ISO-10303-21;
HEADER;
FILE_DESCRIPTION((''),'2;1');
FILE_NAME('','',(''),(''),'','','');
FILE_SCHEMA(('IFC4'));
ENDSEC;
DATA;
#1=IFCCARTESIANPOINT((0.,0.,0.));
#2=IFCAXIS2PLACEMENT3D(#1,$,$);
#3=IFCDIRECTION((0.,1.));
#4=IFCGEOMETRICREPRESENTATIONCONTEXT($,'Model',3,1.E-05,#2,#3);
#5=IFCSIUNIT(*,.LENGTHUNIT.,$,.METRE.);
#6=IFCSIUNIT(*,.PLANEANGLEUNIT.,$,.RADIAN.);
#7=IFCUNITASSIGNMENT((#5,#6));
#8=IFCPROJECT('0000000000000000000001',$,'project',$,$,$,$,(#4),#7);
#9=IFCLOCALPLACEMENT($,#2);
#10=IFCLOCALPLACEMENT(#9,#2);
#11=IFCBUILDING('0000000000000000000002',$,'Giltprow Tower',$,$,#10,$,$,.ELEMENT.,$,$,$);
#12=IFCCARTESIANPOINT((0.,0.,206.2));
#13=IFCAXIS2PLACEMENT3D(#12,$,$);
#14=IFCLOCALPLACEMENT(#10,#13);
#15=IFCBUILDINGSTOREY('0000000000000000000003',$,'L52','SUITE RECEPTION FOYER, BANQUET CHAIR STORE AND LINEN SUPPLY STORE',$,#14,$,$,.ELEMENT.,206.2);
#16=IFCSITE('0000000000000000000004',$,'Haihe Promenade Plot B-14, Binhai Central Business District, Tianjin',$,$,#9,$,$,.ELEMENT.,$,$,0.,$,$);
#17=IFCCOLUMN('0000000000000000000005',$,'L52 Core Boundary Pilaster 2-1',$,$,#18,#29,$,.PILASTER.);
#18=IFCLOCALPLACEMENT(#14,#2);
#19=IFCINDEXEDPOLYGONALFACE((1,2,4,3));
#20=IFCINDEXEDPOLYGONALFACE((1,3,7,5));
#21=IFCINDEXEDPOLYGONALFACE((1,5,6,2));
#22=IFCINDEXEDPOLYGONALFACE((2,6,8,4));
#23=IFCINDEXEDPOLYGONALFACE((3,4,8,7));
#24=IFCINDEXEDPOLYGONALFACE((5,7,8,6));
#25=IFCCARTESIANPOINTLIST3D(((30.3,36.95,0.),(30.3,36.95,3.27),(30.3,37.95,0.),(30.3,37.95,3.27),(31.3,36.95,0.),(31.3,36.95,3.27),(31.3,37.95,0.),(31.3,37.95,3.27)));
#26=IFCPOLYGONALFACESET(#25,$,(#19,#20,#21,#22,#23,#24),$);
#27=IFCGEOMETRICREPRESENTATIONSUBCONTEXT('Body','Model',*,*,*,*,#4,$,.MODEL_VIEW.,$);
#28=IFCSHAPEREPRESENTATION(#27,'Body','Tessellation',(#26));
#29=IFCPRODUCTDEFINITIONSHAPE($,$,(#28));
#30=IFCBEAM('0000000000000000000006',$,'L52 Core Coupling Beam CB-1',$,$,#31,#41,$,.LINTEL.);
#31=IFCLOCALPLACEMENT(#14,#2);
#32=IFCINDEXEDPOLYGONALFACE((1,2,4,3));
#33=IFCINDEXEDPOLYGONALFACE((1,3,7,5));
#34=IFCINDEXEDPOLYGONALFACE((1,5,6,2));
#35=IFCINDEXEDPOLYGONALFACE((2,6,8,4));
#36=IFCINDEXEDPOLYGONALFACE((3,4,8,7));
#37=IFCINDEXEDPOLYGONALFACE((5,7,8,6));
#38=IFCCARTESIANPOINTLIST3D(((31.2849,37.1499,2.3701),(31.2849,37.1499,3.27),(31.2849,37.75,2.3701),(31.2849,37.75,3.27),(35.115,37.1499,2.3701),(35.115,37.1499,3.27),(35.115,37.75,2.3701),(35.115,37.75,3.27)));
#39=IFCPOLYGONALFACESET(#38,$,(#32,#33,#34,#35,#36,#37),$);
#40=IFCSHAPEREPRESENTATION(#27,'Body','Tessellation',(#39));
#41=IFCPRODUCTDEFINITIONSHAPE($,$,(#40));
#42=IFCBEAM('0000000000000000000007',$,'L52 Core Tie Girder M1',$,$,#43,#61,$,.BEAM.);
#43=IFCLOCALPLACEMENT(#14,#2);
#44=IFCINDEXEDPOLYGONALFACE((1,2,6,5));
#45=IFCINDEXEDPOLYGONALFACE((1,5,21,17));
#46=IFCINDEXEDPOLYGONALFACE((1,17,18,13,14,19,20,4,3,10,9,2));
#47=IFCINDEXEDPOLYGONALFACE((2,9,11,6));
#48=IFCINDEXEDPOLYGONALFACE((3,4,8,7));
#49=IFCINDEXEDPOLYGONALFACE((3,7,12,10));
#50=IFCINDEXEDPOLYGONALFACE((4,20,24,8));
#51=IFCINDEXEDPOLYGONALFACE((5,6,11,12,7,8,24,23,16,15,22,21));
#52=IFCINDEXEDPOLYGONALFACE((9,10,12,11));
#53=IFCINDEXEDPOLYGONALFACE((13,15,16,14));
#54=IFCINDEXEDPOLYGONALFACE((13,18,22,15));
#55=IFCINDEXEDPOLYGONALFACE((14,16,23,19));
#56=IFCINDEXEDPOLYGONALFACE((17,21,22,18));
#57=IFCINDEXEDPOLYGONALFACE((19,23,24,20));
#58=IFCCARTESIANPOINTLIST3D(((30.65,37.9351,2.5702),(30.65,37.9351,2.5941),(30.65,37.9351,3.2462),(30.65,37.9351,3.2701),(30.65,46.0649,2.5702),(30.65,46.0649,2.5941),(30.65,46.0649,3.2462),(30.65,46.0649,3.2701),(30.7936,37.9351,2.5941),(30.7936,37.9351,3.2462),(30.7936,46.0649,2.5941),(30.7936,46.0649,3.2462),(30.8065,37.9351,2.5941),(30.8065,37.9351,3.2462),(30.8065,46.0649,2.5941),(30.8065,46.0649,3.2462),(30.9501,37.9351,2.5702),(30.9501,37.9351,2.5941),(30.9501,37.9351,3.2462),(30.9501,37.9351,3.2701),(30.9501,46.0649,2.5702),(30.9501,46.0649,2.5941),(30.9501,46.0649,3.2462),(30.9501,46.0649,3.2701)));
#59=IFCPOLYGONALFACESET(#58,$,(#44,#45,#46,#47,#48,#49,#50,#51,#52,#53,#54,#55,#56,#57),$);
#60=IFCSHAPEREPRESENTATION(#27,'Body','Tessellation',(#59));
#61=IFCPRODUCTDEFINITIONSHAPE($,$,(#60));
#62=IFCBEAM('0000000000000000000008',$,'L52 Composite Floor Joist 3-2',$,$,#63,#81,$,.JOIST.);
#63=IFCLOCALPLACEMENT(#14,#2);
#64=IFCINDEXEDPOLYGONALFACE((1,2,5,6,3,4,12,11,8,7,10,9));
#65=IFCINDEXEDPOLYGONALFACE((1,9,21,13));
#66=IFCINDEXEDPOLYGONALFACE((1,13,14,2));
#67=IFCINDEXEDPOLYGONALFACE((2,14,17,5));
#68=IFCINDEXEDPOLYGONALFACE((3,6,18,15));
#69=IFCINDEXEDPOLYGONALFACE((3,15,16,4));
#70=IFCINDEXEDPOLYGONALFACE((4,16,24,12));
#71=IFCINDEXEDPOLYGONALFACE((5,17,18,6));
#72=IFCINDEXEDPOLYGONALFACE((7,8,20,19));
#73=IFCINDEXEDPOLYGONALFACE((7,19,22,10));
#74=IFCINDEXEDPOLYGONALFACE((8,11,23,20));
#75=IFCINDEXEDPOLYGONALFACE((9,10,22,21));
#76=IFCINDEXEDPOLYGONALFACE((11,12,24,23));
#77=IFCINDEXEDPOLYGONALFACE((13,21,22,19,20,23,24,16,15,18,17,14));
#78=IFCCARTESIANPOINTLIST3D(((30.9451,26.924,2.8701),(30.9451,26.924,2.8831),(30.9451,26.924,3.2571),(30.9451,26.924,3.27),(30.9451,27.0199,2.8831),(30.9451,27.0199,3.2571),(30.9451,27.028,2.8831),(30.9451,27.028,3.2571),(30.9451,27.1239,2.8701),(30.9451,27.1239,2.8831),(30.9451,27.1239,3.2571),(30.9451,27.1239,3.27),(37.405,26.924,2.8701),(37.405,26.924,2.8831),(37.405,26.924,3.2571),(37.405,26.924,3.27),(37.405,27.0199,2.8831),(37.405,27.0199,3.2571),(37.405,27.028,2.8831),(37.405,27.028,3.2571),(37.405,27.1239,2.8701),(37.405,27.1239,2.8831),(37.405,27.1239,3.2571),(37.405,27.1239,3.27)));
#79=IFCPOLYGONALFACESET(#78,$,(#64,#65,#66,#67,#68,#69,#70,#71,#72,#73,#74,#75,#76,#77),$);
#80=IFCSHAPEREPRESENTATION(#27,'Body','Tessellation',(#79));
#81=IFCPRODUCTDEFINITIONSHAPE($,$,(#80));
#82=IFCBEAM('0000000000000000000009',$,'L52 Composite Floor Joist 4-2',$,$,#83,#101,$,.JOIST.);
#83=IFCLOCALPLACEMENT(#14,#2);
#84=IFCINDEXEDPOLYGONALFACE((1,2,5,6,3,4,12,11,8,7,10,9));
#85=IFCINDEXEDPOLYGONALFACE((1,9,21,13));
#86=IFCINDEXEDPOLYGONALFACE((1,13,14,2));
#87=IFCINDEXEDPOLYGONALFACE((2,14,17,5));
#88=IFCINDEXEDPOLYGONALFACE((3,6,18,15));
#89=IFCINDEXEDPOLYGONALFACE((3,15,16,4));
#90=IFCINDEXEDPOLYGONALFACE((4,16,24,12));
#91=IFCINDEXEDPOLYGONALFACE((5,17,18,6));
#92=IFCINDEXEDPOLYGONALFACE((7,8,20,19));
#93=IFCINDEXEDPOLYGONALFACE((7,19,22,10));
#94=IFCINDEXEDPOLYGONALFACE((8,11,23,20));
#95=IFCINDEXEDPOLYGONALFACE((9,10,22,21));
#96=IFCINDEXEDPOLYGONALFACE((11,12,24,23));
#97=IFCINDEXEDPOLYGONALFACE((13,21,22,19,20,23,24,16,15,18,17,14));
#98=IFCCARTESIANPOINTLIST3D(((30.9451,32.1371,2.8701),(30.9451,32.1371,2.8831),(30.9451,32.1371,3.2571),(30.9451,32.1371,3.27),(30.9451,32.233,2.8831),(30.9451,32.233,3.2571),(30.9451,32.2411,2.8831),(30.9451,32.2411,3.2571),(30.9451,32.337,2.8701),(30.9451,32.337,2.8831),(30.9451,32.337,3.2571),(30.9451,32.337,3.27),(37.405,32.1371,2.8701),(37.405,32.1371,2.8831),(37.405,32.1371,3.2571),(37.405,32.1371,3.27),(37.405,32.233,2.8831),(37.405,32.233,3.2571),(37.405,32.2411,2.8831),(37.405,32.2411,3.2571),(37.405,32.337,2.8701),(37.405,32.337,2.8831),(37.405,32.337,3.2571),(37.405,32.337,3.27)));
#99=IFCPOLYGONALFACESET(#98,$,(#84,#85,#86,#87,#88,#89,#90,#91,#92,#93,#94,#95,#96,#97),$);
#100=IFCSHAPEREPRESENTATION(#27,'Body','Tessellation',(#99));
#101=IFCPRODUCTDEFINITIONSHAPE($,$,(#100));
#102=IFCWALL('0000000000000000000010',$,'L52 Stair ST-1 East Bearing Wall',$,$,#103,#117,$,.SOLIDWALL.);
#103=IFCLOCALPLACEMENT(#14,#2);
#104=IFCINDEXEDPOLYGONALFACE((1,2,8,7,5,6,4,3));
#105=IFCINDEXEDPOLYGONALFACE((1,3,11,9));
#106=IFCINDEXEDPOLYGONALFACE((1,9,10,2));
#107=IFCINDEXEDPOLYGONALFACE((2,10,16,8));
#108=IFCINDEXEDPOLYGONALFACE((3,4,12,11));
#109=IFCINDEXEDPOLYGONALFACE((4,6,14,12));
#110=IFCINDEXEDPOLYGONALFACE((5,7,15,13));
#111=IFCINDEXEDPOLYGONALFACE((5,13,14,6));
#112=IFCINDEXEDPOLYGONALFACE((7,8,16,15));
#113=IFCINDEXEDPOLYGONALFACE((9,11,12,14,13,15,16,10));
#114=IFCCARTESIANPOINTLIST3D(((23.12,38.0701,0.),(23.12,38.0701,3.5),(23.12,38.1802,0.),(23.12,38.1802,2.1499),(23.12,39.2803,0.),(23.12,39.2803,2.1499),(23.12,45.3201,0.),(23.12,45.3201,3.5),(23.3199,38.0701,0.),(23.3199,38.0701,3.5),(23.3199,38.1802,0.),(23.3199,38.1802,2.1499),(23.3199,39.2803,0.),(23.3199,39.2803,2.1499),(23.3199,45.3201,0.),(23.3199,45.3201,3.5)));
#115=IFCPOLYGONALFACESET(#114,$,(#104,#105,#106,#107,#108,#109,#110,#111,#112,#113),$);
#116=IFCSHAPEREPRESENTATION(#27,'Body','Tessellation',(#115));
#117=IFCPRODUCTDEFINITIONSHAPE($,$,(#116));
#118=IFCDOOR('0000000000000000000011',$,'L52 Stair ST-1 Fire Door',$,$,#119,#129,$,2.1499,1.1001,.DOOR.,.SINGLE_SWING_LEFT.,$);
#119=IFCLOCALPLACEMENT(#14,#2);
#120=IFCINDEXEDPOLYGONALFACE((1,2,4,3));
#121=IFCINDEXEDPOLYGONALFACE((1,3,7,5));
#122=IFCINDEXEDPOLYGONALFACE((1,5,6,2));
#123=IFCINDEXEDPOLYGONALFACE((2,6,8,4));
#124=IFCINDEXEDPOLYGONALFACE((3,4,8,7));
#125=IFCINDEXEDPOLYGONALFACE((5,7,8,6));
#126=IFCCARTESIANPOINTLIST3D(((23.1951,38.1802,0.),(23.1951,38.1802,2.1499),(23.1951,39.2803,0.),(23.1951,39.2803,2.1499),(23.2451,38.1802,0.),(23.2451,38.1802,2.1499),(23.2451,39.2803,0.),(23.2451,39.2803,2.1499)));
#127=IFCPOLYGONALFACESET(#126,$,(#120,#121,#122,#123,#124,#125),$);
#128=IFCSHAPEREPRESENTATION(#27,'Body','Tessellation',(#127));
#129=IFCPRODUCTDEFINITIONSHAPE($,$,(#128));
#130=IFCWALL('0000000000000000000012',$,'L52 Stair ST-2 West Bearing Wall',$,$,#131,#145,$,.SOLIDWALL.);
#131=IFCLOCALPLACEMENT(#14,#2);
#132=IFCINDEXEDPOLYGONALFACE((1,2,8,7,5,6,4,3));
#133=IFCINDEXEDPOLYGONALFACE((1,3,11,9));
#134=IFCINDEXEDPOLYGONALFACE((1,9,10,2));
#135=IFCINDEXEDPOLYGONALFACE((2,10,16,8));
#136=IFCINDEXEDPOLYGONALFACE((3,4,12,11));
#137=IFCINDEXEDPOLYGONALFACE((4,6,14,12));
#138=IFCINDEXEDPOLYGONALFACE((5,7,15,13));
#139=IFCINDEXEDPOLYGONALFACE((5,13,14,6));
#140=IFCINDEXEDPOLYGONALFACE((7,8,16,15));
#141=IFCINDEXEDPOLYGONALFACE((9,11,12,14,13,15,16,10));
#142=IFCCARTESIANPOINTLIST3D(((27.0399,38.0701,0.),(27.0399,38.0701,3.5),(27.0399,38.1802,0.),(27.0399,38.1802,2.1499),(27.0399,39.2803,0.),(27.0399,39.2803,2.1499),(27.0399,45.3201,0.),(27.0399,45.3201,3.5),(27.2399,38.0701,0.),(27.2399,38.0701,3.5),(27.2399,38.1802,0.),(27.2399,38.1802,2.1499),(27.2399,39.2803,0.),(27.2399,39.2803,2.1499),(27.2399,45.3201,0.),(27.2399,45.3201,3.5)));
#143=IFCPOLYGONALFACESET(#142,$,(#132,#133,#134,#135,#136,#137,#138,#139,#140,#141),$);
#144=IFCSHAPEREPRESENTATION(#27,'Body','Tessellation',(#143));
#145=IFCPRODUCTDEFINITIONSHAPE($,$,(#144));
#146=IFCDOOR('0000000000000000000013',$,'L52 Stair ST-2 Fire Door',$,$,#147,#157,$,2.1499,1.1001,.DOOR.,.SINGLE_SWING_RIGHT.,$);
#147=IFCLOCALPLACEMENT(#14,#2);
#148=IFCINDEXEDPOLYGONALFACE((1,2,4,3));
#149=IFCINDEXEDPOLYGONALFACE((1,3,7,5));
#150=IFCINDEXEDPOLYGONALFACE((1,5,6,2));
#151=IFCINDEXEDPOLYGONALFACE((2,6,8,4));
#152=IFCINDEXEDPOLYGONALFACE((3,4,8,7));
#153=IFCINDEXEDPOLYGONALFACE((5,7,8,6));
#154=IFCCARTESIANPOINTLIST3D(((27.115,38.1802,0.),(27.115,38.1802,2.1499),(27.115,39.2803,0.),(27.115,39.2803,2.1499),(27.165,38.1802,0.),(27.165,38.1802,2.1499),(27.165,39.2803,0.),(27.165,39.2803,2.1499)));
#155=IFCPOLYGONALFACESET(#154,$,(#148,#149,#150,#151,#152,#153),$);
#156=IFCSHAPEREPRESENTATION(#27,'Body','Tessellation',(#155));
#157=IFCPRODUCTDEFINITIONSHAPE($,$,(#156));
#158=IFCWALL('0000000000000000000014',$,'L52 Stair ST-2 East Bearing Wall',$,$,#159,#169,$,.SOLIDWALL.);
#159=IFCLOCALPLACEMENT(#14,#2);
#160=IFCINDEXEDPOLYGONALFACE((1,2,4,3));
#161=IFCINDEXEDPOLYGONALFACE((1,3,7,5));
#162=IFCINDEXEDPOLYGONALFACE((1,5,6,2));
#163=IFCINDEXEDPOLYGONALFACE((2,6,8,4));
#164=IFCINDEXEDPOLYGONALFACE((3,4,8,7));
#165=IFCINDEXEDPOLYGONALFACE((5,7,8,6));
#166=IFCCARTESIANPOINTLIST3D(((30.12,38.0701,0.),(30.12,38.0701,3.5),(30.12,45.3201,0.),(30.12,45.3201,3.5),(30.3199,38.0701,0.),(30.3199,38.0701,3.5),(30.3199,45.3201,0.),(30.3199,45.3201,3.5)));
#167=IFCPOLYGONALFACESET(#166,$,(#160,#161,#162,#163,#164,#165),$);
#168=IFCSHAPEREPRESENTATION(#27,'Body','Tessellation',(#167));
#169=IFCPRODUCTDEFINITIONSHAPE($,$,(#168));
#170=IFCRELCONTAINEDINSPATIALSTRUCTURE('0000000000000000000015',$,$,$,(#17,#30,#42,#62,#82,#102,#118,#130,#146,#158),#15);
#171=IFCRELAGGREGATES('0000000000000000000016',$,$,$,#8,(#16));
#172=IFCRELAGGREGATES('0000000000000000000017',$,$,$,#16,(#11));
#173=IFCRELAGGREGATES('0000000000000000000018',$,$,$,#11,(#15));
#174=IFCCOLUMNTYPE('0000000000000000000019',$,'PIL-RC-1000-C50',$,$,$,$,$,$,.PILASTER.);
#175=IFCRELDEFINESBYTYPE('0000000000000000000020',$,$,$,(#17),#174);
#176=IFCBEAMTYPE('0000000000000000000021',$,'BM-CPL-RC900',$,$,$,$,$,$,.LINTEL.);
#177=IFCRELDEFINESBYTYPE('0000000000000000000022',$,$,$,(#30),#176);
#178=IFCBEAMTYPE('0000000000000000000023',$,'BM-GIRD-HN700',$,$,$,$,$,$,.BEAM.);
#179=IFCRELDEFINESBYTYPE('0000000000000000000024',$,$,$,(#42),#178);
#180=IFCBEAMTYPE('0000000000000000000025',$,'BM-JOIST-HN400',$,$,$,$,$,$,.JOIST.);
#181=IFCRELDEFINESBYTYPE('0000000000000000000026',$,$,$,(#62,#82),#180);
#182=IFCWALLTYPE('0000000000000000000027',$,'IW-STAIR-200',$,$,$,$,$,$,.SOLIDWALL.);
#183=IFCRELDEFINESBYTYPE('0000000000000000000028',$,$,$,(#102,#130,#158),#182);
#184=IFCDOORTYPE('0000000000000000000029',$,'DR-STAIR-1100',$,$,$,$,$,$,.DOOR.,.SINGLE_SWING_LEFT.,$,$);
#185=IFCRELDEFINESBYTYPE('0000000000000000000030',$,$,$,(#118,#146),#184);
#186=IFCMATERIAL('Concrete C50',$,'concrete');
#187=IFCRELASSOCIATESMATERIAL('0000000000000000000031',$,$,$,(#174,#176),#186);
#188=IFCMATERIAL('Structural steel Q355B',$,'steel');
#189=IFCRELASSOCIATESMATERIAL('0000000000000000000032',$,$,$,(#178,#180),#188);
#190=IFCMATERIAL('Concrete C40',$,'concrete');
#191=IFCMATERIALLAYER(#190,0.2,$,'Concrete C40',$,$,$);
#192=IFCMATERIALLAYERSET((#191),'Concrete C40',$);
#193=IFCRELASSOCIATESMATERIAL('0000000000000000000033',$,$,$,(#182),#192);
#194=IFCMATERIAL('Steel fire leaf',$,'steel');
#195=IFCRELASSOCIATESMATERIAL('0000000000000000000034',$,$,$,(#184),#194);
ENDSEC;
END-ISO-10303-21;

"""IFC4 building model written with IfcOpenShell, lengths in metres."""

from ifc_helpers import new_model, si_unit, direction, frame, frame_2d, origin, origin_2d, place, context, subcontext, project, spatial, rectangle, i_section, extrude, source, transform, mapped, material, layer, layer_set, material_profile, profile_set, type_object, element, fill, save


model = new_model("IFC4")

# Units and contexts
model_context = context("Model", 3, precision=1e-05, world=origin(), true_north=direction((0.0, 1.0)))
body_context = subcontext(model_context, "Body", "Model", "MODEL_VIEW")
ifc_project = project(units=[si_unit("LENGTHUNIT", "METRE"), si_unit("PLANEANGLEUNIT", "RADIAN")], contexts=[model_context])

# Site, building, storey
site_placement = place(None, origin())
site = spatial("IfcSite", under=ifc_project, at=site_placement, Name="Haihe Promenade Plot B-14, Binhai Central Business District, Tianjin", CompositionType="ELEMENT", RefElevation=0.0)
building_placement = place(site_placement, origin())
building = spatial("IfcBuilding", under=site, at=building_placement, Name="Giltprow Tower", CompositionType="ELEMENT")
storey_placement = place(building_placement, frame((0.0, 0.0, 206.2)))
storey = spatial("IfcBuildingStorey", under=building, at=storey_placement, Name="L52", Description="SUITE RECEPTION FOYER, BANQUET CHAIR STORE AND LINEN SUPPLY STORE", CompositionType="ELEMENT", Elevation=206.2)

# Column
ifc_material_1 = material(Name="Concrete C50", Category="concrete")
ifc_material_profile_1 = material_profile(ifc_material_1, rectangle(XDim=1.0, YDim=1.0, at=origin_2d()), Name="RC 1000x1000")
ifc_profile_set_1 = profile_set([ifc_material_profile_1], Name="Concrete C50")
column_type = type_object("IfcColumnType", Name="PIL-RC-1000-C50", PredefinedType="PILASTER", material=ifc_profile_set_1)
shared_shape_1 = source(origin(), body_context, "Body", "SweptSolid", [
    extrude(rectangle(XDim=1.0, YDim=1.0, at=origin_2d()), origin(), (0.0, 0.0, 1.0), 3.27),
])
column_placement = place(storey_placement, frame((30.8, 37.45, 0.0), z_axis=(0.0, 0.0, 1.0), x_axis=(1.0, 0.0, 0.0)))
element("IfcColumn", 1, at=column_placement, inside=storey, type_object=column_type, Name="L52 Core Boundary Pilaster 2-1", PredefinedType="PILASTER", context=body_context, shape_type="MappedRepresentation", body=[
    mapped(shared_shape_1, transform((0.0, 0.0, 0.0), x_axis=(1.0, 0.0, 0.0), y_axis=(0.0, 1.0, 0.0), z_axis=(0.0, 0.0, 1.0), scale=1.0)),
])

# Beams
ifc_material_profile_2 = material_profile(ifc_material_1, rectangle(XDim=0.6001, YDim=0.8999, at=origin_2d()), Name="RC 900x600")
ifc_profile_set_2 = profile_set([ifc_material_profile_2], Name="Concrete C50")
beam_type_1 = type_object("IfcBeamType", Name="BM-CPL-RC900", PredefinedType="LINTEL", material=ifc_profile_set_2)
shared_shape_2 = source(origin(), body_context, "Body", "SweptSolid", [
    extrude(rectangle(XDim=0.6001, YDim=0.8999, at=origin_2d()), origin(), (0.0, 0.0, 1.0), 3.8301),
])
beam_1_placement = place(storey_placement, frame((31.2849, 37.45, 2.8201), z_axis=(1.0, 0.0, 0.0), x_axis=(0.0, 1.0, 0.0)))
element("IfcBeam", 2, at=beam_1_placement, inside=storey, type_object=beam_type_1, Name="L52 Core Coupling Beam CB-1", PredefinedType="LINTEL", context=body_context, shape_type="MappedRepresentation", body=[
    mapped(shared_shape_2, transform((0.0, 0.0, 0.0), x_axis=(1.0, 0.0, 0.0), y_axis=(0.0, 1.0, 0.0), z_axis=(0.0, 0.0, 1.0), scale=1.0)),
])
ifc_material_2 = material(Name="Structural steel Q355B", Category="steel")
ifc_material_profile_3 = material_profile(ifc_material_2, i_section(OverallWidth=0.3, OverallDepth=0.7, WebThickness=0.0129, FlangeThickness=0.0239, at=origin_2d()), Name="HN 700x300x13x24")
ifc_profile_set_3 = profile_set([ifc_material_profile_3], Name="Structural steel Q355B")
beam_type_2 = type_object("IfcBeamType", Name="BM-GIRD-HN700", PredefinedType="BEAM", material=ifc_profile_set_3)
shared_shape_3 = source(origin(), body_context, "Body", "SweptSolid", [
    extrude(i_section(OverallWidth=0.3, OverallDepth=0.7, WebThickness=0.0129, FlangeThickness=0.0239, at=origin_2d()), origin(), (0.0, 0.0, 1.0), 8.1299),
])
beam_2_placement = place(storey_placement, frame((30.8, 37.9351, 2.9202), z_axis=(0.0, 1.0, 0.0), x_axis=(-1.0, 0.0, 0.0)))
element("IfcBeam", 3, at=beam_2_placement, inside=storey, type_object=beam_type_2, Name="L52 Core Tie Girder M1", PredefinedType="BEAM", context=body_context, shape_type="MappedRepresentation", body=[
    mapped(shared_shape_3, transform((0.0, 0.0, 0.0), x_axis=(1.0, 0.0, 0.0), y_axis=(0.0, 1.0, 0.0), z_axis=(0.0, 0.0, 1.0), scale=1.0)),
])
ifc_material_profile_4 = material_profile(ifc_material_2, i_section(OverallWidth=0.2, OverallDepth=0.3999, WebThickness=0.0081, FlangeThickness=0.0129, at=origin_2d()), Name="HN 400x200x8x13")
ifc_profile_set_4 = profile_set([ifc_material_profile_4], Name="Structural steel Q355B")
beam_type_3 = type_object("IfcBeamType", Name="BM-JOIST-HN400", PredefinedType="JOIST", material=ifc_profile_set_4)
shared_shape_4 = source(origin(), body_context, "Body", "SweptSolid", [
    extrude(i_section(OverallWidth=0.2, OverallDepth=0.3999, WebThickness=0.0081, FlangeThickness=0.0129, at=origin_2d()), origin(), (0.0, 0.0, 1.0), 6.46),
])
for number, where, z_axis, x_axis, name in (
    (4, (30.9451, 27.0239, 3.0701), (1.0, 0.0, 0.0), (0.0, 1.0, 0.0), "L52 Composite Floor Joist 3-2"),
    (5, (30.9451, 32.2371, 3.0701), (1.0, 0.0, 0.0), (0.0, 1.0, 0.0), "L52 Composite Floor Joist 4-2"),
):
    element("IfcBeam", number, at=place(storey_placement, frame(where, z_axis=z_axis, x_axis=x_axis)), inside=storey, type_object=beam_type_3, Name=name, PredefinedType="JOIST", context=body_context, shape_type="MappedRepresentation", body=[
        mapped(shared_shape_4, transform((0.0, 0.0, 0.0), x_axis=(1.0, 0.0, 0.0), y_axis=(0.0, 1.0, 0.0), z_axis=(0.0, 0.0, 1.0), scale=1.0)),
    ])

# Walls, openings, doors
ifc_material_3 = material(Name="Concrete C40", Category="concrete")
ifc_layer_1 = layer(ifc_material_3, 0.2, Name="Concrete C40")
ifc_layer_set_1 = layer_set([ifc_layer_1], Name="Concrete C40")
wall_type_1 = type_object("IfcWallType", Name="IW-STAIR-200", PredefinedType="SOLIDWALL", material=ifc_layer_set_1)
wall_1_placement = place(storey_placement, frame((23.22, 38.0701, 0.0), z_axis=(0.0, 0.0, 1.0), x_axis=(0.0, 1.0, 0.0)))
wall_1 = element("IfcWall", 6, at=wall_1_placement, inside=storey, type_object=wall_type_1, Name="L52 Stair ST-1 East Bearing Wall", PredefinedType="SOLIDWALL", context=body_context, shape_type="SweptSolid", body=[
    extrude(rectangle(XDim=7.25, YDim=0.2, at=frame_2d((3.625, 0.0))), origin(), (0.0, 0.0, 1.0), 3.5),
])
opening_1_placement = place(wall_1_placement, frame((0.1101, 0.0, 0.0)))
opening_1 = element("IfcOpeningElement", 7, at=opening_1_placement, cuts=wall_1, PredefinedType="OPENING", context=body_context, shape_type="SweptSolid", body=[
    extrude(rectangle(XDim=1.1001, YDim=2.1499, at=frame_2d((0.55, 1.075))), frame((0.0, 0.1099, 0.0), z_axis=(0.0, -1.0, 0.0), x_axis=(1.0, 0.0, 0.0)), (0.0, 0.0, 1.0), 0.22),
])
ifc_material_4 = material(Name="Steel fire leaf", Category="steel")
door_type = type_object("IfcDoorType", Name="DR-STAIR-1100", OperationType="SINGLE_SWING_LEFT", PredefinedType="DOOR", material=ifc_material_4)
shared_shape_5 = source(origin(), body_context, "Body", "SweptSolid", [
    extrude(rectangle(XDim=1.1001, YDim=2.1499, at=frame_2d((0.55, 1.075))), frame((0.0, 0.0249, 0.0), z_axis=(0.0, -1.0, 0.0), x_axis=(1.0, 0.0, 0.0)), (0.0, 0.0, 1.0), 0.05),
])
door_1_placement = place(opening_1_placement, origin())
door_1 = element("IfcDoor", 8, at=door_1_placement, inside=storey, type_object=door_type, Name="L52 Stair ST-1 Fire Door", OperationType="SINGLE_SWING_LEFT", OverallHeight=2.1499, OverallWidth=1.1001, PredefinedType="DOOR", context=body_context, shape_type="MappedRepresentation", body=[
    mapped(shared_shape_5, transform((0.0, 0.0, 0.0), x_axis=(1.0, 0.0, 0.0), y_axis=(0.0, 1.0, 0.0), z_axis=(0.0, 0.0, 1.0), scale=1.0)),
])
fill(opening_1, door_1)
wall_2_placement = place(storey_placement, frame((27.1399, 38.0701, 0.0), z_axis=(0.0, 0.0, 1.0), x_axis=(0.0, 1.0, 0.0)))
wall_2 = element("IfcWall", 9, at=wall_2_placement, inside=storey, type_object=wall_type_1, Name="L52 Stair ST-2 West Bearing Wall", PredefinedType="SOLIDWALL", context=body_context, shape_type="SweptSolid", body=[
    extrude(rectangle(XDim=7.25, YDim=0.2, at=frame_2d((3.625, 0.0))), origin(), (0.0, 0.0, 1.0), 3.5),
])
opening_2_placement = place(wall_2_placement, frame((0.1101, 0.0, 0.0)))
opening_2 = element("IfcOpeningElement", 10, at=opening_2_placement, cuts=wall_2, PredefinedType="OPENING", context=body_context, shape_type="SweptSolid", body=[
    extrude(rectangle(XDim=1.1001, YDim=2.1499, at=frame_2d((0.55, 1.075))), frame((0.0, 0.1099, 0.0), z_axis=(0.0, -1.0, 0.0), x_axis=(1.0, 0.0, 0.0)), (0.0, 0.0, 1.0), 0.22),
])
door_2_placement = place(opening_2_placement, origin())
door_2 = element("IfcDoor", 11, at=door_2_placement, inside=storey, type_object=door_type, Name="L52 Stair ST-2 Fire Door", OperationType="SINGLE_SWING_RIGHT", OverallHeight=2.1499, OverallWidth=1.1001, PredefinedType="DOOR", context=body_context, shape_type="MappedRepresentation", body=[
    mapped(shared_shape_5, transform((0.0, 0.0, 0.0), x_axis=(1.0, 0.0, 0.0), y_axis=(0.0, 1.0, 0.0), z_axis=(0.0, 0.0, 1.0), scale=1.0)),
])
fill(opening_2, door_2)

# Wall
wall_3_placement = place(storey_placement, frame((30.22, 38.0701, 0.0), z_axis=(0.0, 0.0, 1.0), x_axis=(0.0, 1.0, 0.0)))
element("IfcWall", 12, at=wall_3_placement, inside=storey, type_object=wall_type_1, Name="L52 Stair ST-2 East Bearing Wall", PredefinedType="SOLIDWALL", context=body_context, shape_type="SweptSolid", body=[
    extrude(rectangle(XDim=7.25, YDim=0.2, at=frame_2d((3.625, 0.0))), origin(), (0.0, 0.0, 1.0), 3.5),
])

save(model, "model.ifc")
